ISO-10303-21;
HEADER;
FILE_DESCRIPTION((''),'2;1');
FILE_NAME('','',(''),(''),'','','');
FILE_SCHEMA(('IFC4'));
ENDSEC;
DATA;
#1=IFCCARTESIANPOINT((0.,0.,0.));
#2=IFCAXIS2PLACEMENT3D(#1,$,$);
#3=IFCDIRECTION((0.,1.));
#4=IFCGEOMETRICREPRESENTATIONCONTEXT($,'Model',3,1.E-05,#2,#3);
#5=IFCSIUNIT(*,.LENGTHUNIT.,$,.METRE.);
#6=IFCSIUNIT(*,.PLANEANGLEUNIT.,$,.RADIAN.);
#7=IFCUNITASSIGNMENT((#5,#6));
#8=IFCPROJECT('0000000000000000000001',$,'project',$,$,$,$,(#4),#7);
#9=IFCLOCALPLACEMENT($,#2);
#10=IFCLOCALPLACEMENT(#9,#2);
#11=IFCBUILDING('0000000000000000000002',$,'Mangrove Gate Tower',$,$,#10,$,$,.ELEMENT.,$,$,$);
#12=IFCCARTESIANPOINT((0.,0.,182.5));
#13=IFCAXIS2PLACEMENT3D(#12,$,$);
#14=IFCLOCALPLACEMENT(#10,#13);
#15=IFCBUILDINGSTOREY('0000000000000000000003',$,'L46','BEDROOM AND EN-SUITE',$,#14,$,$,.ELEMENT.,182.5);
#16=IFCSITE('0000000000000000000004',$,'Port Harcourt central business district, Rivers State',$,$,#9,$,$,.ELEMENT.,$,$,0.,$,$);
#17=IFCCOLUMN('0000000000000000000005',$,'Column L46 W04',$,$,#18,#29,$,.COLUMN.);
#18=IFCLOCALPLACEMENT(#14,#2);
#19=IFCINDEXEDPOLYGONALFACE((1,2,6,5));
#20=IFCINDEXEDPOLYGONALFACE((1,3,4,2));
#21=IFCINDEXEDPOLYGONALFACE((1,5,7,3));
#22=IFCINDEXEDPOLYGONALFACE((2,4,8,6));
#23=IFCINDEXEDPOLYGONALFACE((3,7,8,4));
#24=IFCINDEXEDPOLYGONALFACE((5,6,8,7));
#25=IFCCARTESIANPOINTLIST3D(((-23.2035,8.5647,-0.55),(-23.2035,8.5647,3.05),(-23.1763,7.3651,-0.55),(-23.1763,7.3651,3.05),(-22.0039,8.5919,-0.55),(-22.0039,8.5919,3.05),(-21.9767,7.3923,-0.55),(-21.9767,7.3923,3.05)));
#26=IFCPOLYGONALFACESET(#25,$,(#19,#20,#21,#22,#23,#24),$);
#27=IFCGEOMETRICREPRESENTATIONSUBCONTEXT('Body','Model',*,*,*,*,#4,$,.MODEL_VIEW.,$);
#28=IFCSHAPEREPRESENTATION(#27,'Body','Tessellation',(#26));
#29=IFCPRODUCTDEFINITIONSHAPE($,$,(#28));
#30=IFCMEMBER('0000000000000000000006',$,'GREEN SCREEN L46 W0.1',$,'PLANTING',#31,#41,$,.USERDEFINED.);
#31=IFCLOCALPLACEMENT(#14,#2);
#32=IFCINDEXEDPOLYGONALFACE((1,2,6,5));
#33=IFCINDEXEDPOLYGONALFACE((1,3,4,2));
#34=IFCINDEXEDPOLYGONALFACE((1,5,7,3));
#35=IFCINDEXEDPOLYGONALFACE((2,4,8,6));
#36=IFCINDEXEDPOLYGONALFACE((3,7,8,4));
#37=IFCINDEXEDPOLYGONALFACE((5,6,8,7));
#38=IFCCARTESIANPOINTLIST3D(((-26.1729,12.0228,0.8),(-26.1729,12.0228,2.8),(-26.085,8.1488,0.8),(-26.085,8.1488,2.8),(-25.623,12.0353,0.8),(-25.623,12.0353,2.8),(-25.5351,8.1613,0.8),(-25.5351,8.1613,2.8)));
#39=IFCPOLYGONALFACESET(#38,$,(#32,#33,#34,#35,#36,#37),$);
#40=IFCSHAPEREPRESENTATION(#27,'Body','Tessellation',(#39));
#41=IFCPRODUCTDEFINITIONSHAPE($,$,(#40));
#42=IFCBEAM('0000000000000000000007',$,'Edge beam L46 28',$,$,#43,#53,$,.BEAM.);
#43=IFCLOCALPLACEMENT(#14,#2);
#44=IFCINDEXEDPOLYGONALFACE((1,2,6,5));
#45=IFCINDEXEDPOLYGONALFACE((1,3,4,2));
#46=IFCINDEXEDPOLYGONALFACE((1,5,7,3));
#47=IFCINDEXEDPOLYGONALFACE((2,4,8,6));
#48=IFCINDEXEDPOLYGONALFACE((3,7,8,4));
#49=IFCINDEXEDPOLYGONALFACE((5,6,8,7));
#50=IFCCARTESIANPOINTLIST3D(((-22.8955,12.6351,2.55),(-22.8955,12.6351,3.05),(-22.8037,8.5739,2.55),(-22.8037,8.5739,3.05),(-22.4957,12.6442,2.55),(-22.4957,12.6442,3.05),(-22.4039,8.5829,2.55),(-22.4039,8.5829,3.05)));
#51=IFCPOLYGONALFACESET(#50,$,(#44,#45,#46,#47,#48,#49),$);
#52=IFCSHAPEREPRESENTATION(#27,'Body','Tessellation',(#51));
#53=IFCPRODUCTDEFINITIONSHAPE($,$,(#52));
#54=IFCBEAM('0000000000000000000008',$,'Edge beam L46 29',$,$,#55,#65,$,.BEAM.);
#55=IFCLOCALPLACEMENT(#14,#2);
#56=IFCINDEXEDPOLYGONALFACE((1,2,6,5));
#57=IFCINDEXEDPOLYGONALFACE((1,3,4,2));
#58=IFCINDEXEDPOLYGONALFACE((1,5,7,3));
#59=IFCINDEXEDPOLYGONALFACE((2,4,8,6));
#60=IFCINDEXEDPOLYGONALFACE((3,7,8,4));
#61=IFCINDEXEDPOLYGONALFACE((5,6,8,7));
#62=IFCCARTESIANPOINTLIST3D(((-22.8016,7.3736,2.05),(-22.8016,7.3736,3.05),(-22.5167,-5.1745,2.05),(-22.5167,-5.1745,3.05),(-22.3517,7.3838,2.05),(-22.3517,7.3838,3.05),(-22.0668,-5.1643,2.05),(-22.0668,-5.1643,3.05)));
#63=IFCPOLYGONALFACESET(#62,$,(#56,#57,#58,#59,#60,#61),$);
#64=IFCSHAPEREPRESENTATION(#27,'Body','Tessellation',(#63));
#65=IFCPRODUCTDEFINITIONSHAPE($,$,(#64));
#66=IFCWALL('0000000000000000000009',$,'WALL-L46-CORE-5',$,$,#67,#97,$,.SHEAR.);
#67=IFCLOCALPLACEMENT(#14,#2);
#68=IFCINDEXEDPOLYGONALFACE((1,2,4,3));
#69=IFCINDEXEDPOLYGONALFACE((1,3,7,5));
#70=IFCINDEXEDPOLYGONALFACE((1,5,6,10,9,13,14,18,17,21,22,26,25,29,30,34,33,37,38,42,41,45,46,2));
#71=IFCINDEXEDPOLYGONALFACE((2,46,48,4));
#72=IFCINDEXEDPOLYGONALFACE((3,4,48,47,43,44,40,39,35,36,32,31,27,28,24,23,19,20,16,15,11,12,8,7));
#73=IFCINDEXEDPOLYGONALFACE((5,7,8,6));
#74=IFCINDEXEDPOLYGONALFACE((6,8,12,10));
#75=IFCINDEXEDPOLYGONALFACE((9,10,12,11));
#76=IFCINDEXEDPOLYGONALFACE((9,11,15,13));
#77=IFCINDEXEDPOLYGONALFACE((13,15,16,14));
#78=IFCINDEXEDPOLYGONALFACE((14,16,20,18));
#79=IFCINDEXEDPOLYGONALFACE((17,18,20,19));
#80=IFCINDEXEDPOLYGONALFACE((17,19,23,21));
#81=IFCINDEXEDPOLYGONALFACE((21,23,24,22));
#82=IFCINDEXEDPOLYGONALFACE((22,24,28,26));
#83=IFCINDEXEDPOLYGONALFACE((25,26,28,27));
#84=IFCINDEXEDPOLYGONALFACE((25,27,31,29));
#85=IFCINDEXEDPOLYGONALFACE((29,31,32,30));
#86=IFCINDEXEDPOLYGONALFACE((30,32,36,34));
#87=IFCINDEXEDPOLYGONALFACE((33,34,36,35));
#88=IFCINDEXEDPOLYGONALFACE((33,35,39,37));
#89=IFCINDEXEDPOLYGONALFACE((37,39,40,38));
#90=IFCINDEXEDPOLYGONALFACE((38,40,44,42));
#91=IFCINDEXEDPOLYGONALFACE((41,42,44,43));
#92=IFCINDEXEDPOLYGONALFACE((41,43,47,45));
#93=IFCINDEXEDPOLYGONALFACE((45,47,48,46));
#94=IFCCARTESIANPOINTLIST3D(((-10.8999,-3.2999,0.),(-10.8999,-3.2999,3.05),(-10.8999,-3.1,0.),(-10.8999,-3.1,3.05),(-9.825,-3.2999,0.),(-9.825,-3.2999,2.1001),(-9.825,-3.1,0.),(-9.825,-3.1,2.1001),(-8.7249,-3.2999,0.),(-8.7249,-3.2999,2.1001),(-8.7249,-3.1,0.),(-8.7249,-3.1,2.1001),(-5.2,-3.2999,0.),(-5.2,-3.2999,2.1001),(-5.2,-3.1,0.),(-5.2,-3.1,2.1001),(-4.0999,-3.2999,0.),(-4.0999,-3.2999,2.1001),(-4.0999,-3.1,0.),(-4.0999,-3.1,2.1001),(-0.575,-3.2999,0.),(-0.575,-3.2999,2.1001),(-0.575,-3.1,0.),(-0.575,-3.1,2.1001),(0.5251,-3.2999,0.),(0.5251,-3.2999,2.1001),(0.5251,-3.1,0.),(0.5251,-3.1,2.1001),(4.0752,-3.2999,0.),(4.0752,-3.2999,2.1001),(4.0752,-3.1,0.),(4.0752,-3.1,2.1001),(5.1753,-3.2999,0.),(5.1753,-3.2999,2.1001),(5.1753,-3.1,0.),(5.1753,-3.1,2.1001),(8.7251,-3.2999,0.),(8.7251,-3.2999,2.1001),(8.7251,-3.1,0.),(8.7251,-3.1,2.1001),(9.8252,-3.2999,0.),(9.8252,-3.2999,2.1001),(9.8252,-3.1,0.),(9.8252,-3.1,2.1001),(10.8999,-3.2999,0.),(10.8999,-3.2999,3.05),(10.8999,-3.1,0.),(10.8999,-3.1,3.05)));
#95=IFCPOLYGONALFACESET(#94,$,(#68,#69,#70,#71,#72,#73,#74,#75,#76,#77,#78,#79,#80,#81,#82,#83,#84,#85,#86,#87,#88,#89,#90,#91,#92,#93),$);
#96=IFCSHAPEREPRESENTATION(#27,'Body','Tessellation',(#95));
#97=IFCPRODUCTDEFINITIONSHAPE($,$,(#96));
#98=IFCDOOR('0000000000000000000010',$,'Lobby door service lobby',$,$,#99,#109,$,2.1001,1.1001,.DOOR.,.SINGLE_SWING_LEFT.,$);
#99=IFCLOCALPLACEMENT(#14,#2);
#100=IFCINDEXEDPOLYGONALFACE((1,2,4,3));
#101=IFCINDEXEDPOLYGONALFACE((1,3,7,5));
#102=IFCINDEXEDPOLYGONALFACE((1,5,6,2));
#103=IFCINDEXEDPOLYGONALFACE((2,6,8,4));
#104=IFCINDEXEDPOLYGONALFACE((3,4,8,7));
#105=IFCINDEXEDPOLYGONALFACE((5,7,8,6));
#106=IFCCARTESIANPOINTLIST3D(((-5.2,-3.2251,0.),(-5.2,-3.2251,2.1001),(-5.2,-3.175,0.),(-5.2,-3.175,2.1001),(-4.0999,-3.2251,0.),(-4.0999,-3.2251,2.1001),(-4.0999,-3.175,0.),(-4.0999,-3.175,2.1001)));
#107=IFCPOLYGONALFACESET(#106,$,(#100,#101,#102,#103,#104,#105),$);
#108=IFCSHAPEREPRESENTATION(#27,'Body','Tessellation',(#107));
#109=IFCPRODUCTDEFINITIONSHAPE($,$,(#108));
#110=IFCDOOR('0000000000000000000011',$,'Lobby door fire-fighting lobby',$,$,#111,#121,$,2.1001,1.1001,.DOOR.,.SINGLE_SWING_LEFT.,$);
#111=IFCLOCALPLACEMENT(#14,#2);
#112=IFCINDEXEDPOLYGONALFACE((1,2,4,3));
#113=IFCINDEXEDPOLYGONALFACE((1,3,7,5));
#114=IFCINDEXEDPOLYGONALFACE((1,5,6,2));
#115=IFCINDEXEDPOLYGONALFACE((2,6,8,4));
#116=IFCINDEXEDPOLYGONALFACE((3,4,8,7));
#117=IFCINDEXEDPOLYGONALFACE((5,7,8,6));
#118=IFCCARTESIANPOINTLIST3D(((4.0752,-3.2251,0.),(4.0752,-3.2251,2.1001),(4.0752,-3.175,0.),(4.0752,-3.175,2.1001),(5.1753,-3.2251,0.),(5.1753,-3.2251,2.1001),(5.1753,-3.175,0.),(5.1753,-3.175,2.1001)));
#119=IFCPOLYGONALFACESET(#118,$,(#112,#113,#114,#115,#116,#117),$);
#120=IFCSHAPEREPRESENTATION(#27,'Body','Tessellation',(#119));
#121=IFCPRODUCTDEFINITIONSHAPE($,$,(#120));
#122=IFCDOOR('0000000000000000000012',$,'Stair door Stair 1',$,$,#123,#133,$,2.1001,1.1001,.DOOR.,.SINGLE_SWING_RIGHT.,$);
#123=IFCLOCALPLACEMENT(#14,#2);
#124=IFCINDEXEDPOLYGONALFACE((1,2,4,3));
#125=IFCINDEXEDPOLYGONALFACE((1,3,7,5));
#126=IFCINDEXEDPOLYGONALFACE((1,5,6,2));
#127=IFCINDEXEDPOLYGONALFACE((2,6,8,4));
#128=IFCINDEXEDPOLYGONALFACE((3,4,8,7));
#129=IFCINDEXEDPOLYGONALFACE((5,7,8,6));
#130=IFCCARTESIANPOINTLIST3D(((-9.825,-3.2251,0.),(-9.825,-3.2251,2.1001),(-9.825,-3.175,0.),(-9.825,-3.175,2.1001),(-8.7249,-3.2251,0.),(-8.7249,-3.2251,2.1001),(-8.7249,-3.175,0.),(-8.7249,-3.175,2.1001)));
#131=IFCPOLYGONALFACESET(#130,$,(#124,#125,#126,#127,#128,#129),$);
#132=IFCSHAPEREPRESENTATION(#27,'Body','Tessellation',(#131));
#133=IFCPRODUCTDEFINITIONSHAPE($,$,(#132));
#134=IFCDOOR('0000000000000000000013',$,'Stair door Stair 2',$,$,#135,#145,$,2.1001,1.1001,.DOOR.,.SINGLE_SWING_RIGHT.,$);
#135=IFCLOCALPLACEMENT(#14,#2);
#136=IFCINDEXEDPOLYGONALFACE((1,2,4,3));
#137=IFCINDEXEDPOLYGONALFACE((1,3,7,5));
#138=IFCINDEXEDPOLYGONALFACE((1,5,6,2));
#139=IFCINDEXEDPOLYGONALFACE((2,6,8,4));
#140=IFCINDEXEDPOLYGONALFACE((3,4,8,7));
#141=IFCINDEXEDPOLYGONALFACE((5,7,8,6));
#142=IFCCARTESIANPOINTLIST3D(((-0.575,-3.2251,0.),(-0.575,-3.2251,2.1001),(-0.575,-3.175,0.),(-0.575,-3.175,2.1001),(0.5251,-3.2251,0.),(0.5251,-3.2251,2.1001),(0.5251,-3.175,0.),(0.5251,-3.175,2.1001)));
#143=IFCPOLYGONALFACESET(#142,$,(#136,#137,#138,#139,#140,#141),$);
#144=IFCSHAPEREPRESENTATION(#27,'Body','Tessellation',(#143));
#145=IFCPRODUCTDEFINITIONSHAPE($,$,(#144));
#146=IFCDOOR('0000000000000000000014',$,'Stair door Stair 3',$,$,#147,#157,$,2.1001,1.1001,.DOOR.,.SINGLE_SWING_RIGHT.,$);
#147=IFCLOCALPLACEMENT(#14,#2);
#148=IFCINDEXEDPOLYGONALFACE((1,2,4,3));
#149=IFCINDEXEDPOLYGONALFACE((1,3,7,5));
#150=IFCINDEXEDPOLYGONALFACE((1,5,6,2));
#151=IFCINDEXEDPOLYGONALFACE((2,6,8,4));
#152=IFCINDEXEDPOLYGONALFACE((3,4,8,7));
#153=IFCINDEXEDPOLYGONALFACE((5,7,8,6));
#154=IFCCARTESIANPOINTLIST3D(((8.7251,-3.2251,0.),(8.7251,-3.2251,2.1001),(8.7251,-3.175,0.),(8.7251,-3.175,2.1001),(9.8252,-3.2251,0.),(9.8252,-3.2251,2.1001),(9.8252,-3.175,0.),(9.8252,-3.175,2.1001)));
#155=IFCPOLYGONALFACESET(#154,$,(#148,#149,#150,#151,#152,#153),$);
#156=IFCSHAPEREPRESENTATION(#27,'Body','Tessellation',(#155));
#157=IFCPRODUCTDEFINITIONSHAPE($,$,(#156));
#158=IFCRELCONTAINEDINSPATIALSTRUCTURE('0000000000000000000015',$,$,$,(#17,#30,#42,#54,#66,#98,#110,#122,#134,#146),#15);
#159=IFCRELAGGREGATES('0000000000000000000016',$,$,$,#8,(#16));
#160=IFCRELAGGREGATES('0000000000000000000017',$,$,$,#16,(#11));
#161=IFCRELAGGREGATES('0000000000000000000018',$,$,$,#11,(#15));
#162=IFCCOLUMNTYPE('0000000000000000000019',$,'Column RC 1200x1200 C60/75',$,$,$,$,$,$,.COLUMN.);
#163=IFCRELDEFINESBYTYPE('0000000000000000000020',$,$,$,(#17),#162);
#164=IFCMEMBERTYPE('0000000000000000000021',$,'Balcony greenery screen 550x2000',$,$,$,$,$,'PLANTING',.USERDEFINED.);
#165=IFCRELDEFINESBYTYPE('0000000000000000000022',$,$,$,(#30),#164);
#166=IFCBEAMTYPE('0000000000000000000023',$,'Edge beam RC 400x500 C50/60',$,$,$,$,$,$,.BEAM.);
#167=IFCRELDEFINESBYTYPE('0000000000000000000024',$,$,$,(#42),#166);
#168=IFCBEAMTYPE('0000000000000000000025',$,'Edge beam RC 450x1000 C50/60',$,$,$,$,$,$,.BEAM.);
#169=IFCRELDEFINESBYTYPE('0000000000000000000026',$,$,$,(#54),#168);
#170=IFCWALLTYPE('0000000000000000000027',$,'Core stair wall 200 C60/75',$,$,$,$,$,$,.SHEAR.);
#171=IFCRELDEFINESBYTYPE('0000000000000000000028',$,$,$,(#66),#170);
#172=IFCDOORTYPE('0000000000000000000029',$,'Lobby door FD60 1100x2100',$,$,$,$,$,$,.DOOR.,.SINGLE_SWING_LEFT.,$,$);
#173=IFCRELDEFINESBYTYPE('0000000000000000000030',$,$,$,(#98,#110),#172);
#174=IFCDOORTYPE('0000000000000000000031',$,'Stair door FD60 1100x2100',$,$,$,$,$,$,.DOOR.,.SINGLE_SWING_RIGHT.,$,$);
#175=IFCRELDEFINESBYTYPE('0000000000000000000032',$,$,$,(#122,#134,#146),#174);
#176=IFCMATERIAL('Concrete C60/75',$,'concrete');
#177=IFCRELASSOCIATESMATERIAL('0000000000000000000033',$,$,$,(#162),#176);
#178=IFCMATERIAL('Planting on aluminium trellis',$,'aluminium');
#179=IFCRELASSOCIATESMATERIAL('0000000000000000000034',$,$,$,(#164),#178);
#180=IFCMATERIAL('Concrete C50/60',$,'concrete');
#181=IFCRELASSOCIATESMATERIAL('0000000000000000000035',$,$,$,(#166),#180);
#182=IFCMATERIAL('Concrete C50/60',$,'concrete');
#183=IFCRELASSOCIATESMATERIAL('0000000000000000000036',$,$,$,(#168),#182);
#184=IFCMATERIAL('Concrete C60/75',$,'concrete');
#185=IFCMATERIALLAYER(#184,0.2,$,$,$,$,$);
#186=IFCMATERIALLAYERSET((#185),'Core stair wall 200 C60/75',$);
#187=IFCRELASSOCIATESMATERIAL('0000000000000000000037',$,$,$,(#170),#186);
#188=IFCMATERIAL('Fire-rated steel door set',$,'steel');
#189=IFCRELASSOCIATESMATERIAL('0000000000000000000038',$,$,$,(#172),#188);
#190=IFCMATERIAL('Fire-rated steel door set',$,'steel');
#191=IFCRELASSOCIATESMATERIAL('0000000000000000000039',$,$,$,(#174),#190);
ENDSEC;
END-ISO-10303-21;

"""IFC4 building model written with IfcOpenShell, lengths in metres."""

from ifc_helpers import new_model, si_unit, direction, frame, frame_2d, origin, origin_2d, place, context, subcontext, project, spatial, rectangle, extrude, material, layer, layer_set, material_profile, profile_set, type_object, element, fill, save


model = new_model("IFC4")

# Units and contexts
model_context = context("Model", 3, precision=1e-05, world=origin(), true_north=direction((0.0, 1.0)))
body_context = subcontext(model_context, "Body", "Model", "MODEL_VIEW")
ifc_project = project(units=[si_unit("LENGTHUNIT", "METRE"), si_unit("PLANEANGLEUNIT", "RADIAN")], contexts=[model_context])

# Site, building, storey
site_placement = place(None, origin())
site = spatial("IfcSite", under=ifc_project, at=site_placement, Name="Port Harcourt central business district, Rivers State", CompositionType="ELEMENT", RefElevation=0.0)
building_placement = place(site_placement, origin())
building = spatial("IfcBuilding", under=site, at=building_placement, Name="Mangrove Gate Tower", CompositionType="ELEMENT")
storey_placement = place(building_placement, frame((0.0, 0.0, 182.5)))
storey = spatial("IfcBuildingStorey", under=building, at=storey_placement, Name="L46", Description="BEDROOM AND EN-SUITE", CompositionType="ELEMENT", Elevation=182.5)

# Column
ifc_material_1 = material(Name="Concrete C60/75", Category="concrete")
ifc_material_profile_1 = material_profile(ifc_material_1, rectangle(XDim=1.2, YDim=1.2, at=origin_2d()))
ifc_profile_set_1 = profile_set([ifc_material_profile_1], Name="Concrete C60/75")
column_type = type_object("IfcColumnType", Name="Column RC 1200x1200 C60/75", PredefinedType="COLUMN", material=ifc_profile_set_1)
column_placement = place(storey_placement, frame((-22.5901, 7.9785, -0.55), z_axis=(0.0, 0.0, 1.0), x_axis=(0.022668, -0.999743, 0.0)))
element("IfcColumn", 1, at=column_placement, inside=storey, type_object=column_type, Name="Column L46 W04", PredefinedType="COLUMN", context=body_context, shape_type="SweptSolid", body=[
    extrude(rectangle(XDim=1.2, YDim=1.2, at=origin_2d()), origin(), (0.0, 0.0, 1.0), 3.6001),
])

# Member
ifc_material_2 = material(Name="Planting on aluminium trellis", Category="aluminium")
ifc_material_profile_2 = material_profile(ifc_material_2, rectangle(XDim=0.55, YDim=2.0, at=origin_2d()))
ifc_profile_set_2 = profile_set([ifc_material_profile_2], Name="Planting on aluminium trellis")
member_type = type_object("IfcMemberType", Name="Balcony greenery screen 550x2000", ElementType="PLANTING", PredefinedType="USERDEFINED", material=ifc_profile_set_2)
member_placement = place(storey_placement, frame((-25.8101, 8.155, 1.8), z_axis=(-0.022681, 0.999743, 0.0), x_axis=(-0.999743, -0.022681, 0.0)))
element("IfcMember", 2, at=member_placement, inside=storey, type_object=member_type, Name="GREEN SCREEN L46 W0.1", ObjectType="PLANTING", PredefinedType="USERDEFINED", context=body_context, shape_type="SweptSolid", body=[
    extrude(rectangle(XDim=0.55, YDim=2.0, at=origin_2d()), origin(), (0.0, 0.0, 1.0), 3.875),
])

# Beams
ifc_material_3 = material(Name="Concrete C50/60", Category="concrete")
ifc_material_profile_3 = material_profile(ifc_material_3, rectangle(XDim=0.3999, YDim=0.5, at=origin_2d()))
ifc_profile_set_3 = profile_set([ifc_material_profile_3], Name="Concrete C50/60")
beam_type_1 = type_object("IfcBeamType", Name="Edge beam RC 400x500 C50/60", PredefinedType="BEAM", material=ifc_profile_set_3)
beam_1_placement = place(storey_placement, frame((-22.6956, 12.6396, 2.8), z_axis=(0.022597, -0.999745, 0.0), x_axis=(0.999745, 0.022597, 0.0)))
element("IfcBeam", 3, at=beam_1_placement, inside=storey, type_object=beam_type_1, Name="Edge beam L46 28", PredefinedType="BEAM", context=body_context, shape_type="SweptSolid", body=[
    extrude(rectangle(XDim=0.3999, YDim=0.5, at=origin_2d()), origin(), (0.0, 0.0, 1.0), 4.0623),
])
ifc_material_4 = material(Name="Concrete C50/60", Category="concrete")
ifc_material_profile_4 = material_profile(ifc_material_4, rectangle(XDim=0.45, YDim=1.0, at=origin_2d()))
ifc_profile_set_4 = profile_set([ifc_material_profile_4], Name="Concrete C50/60")
beam_type_2 = type_object("IfcBeamType", Name="Edge beam RC 450x1000 C50/60", PredefinedType="BEAM", material=ifc_profile_set_4)
beam_2_placement = place(storey_placement, frame((-22.5767, 7.3787, 2.55), z_axis=(0.0227, -0.999742, 0.0), x_axis=(0.999742, 0.0227, 0.0)))
element("IfcBeam", 4, at=beam_2_placement, inside=storey, type_object=beam_type_2, Name="Edge beam L46 29", PredefinedType="BEAM", context=body_context, shape_type="SweptSolid", body=[
    extrude(rectangle(XDim=0.45, YDim=1.0, at=origin_2d()), origin(), (0.0, 0.0, 1.0), 12.5513),
])

# Wall, openings, doors
ifc_material_5 = material(Name="Concrete C60/75", Category="concrete")
ifc_layer_1 = layer(ifc_material_5, 0.2)
ifc_layer_set_1 = layer_set([ifc_layer_1], Name="Core stair wall 200 C60/75")
wall_type_1 = type_object("IfcWallType", Name="Core stair wall 200 C60/75", PredefinedType="SHEAR", material=ifc_layer_set_1)
wall_1_placement = place(storey_placement, frame((-10.8999, -3.2, 0.0), z_axis=(0.0, 0.0, 1.0), x_axis=(1.0, 0.0, 0.0)))
wall_1 = element("IfcWall", 5, at=wall_1_placement, inside=storey, type_object=wall_type_1, Name="WALL-L46-CORE-5", PredefinedType="SHEAR", context=body_context, shape_type="SweptSolid", body=[
    extrude(rectangle(XDim=21.7998, YDim=0.2, at=frame_2d((10.8999, 0.0))), origin(), (0.0, 0.0, 1.0), 3.05),
])
opening_1_placement = place(wall_1_placement, frame((1.075, 0.0, 0.0)))
opening_1 = element("IfcOpeningElement", 6, at=opening_1_placement, cuts=wall_1, PredefinedType="OPENING", context=body_context, shape_type="SweptSolid", body=[
    extrude(rectangle(XDim=1.1001, YDim=2.1001, at=frame_2d((0.55, 1.05))), frame((0.0, 0.1099, 0.0), z_axis=(0.0, -1.0, 0.0), x_axis=(1.0, 0.0, 0.0)), (0.0, 0.0, 1.0), 0.22),
])
opening_2_placement = place(wall_1_placement, frame((10.325, 0.0, 0.0)))
opening_2 = element("IfcOpeningElement", 7, at=opening_2_placement, cuts=wall_1, PredefinedType="OPENING", context=body_context, shape_type="SweptSolid", body=[
    extrude(rectangle(XDim=1.1001, YDim=2.1001, at=frame_2d((0.55, 1.05))), frame((0.0, 0.1099, 0.0), z_axis=(0.0, -1.0, 0.0), x_axis=(1.0, 0.0, 0.0)), (0.0, 0.0, 1.0), 0.22),
])
opening_3_placement = place(wall_1_placement, frame((19.625, 0.0, 0.0)))
opening_3 = element("IfcOpeningElement", 8, at=opening_3_placement, cuts=wall_1, PredefinedType="OPENING", context=body_context, shape_type="SweptSolid", body=[
    extrude(rectangle(XDim=1.1001, YDim=2.1001, at=frame_2d((0.55, 1.05))), frame((0.0, 0.1099, 0.0), z_axis=(0.0, -1.0, 0.0), x_axis=(1.0, 0.0, 0.0)), (0.0, 0.0, 1.0), 0.22),
])
opening_4_placement = place(wall_1_placement, frame((5.7, 0.0, 0.0)))
opening_4 = element("IfcOpeningElement", 9, at=opening_4_placement, cuts=wall_1, PredefinedType="OPENING", context=body_context, shape_type="SweptSolid", body=[
    extrude(rectangle(XDim=1.1001, YDim=2.1001, at=frame_2d((0.55, 1.05))), frame((0.0, 0.1099, 0.0), z_axis=(0.0, -1.0, 0.0), x_axis=(1.0, 0.0, 0.0)), (0.0, 0.0, 1.0), 0.22),
])
opening_5_placement = place(wall_1_placement, frame((14.9751, 0.0, 0.0)))
opening_5 = element("IfcOpeningElement", 10, at=opening_5_placement, cuts=wall_1, PredefinedType="OPENING", context=body_context, shape_type="SweptSolid", body=[
    extrude(rectangle(XDim=1.1001, YDim=2.1001, at=frame_2d((0.55, 1.05))), frame((0.0, 0.1099, 0.0), z_axis=(0.0, -1.0, 0.0), x_axis=(1.0, 0.0, 0.0)), (0.0, 0.0, 1.0), 0.22),
])
ifc_material_6 = material(Name="Fire-rated steel door set", Category="steel")
door_type_1 = type_object("IfcDoorType", Name="Lobby door FD60 1100x2100", OperationType="SINGLE_SWING_LEFT", PredefinedType="DOOR", material=ifc_material_6)
door_1_placement = place(opening_4_placement, origin())
door_1 = element("IfcDoor", 11, at=door_1_placement, inside=storey, type_object=door_type_1, Name="Lobby door service lobby", OperationType="SINGLE_SWING_LEFT", OverallHeight=2.1001, OverallWidth=1.1001, PredefinedType="DOOR", context=body_context, shape_type="SweptSolid", body=[
    extrude(rectangle(XDim=1.1001, YDim=2.1001, at=frame_2d((0.55, 1.05))), frame((0.0, 0.0249, 0.0), z_axis=(0.0, -1.0, 0.0), x_axis=(1.0, 0.0, 0.0)), (0.0, 0.0, 1.0), 0.05),
])
fill(opening_4, door_1)
door_2_placement = place(opening_5_placement, origin())
door_2 = element("IfcDoor", 12, at=door_2_placement, inside=storey, type_object=door_type_1, Name="Lobby door fire-fighting lobby", OperationType="SINGLE_SWING_LEFT", OverallHeight=2.1001, OverallWidth=1.1001, PredefinedType="DOOR", context=body_context, shape_type="SweptSolid", body=[
    extrude(rectangle(XDim=1.1001, YDim=2.1001, at=frame_2d((0.55, 1.05))), frame((0.0, 0.0249, 0.0), z_axis=(0.0, -1.0, 0.0), x_axis=(1.0, 0.0, 0.0)), (0.0, 0.0, 1.0), 0.05),
])
fill(opening_5, door_2)
ifc_material_7 = material(Name="Fire-rated steel door set", Category="steel")
door_type_2 = type_object("IfcDoorType", Name="Stair door FD60 1100x2100", OperationType="SINGLE_SWING_RIGHT", PredefinedType="DOOR", material=ifc_material_7)
door_3_placement = place(opening_1_placement, origin())
door_3 = element("IfcDoor", 13, at=door_3_placement, inside=storey, type_object=door_type_2, Name="Stair door Stair 1", OperationType="SINGLE_SWING_RIGHT", OverallHeight=2.1001, OverallWidth=1.1001, PredefinedType="DOOR", context=body_context, shape_type="SweptSolid", body=[
    extrude(rectangle(XDim=1.1001, YDim=2.1001, at=frame_2d((0.55, 1.05))), frame((0.0, 0.0249, 0.0), z_axis=(0.0, -1.0, 0.0), x_axis=(1.0, 0.0, 0.0)), (0.0, 0.0, 1.0), 0.05),
])
fill(opening_1, door_3)
door_4_placement = place(opening_2_placement, origin())
door_4 = element("IfcDoor", 14, at=door_4_placement, inside=storey, type_object=door_type_2, Name="Stair door Stair 2", OperationType="SINGLE_SWING_RIGHT", OverallHeight=2.1001, OverallWidth=1.1001, PredefinedType="DOOR", context=body_context, shape_type="SweptSolid", body=[
    extrude(rectangle(XDim=1.1001, YDim=2.1001, at=frame_2d((0.55, 1.05))), frame((0.0, 0.0249, 0.0), z_axis=(0.0, -1.0, 0.0), x_axis=(1.0, 0.0, 0.0)), (0.0, 0.0, 1.0), 0.05),
])
fill(opening_2, door_4)
door_5_placement = place(opening_3_placement, origin())
door_5 = element("IfcDoor", 15, at=door_5_placement, inside=storey, type_object=door_type_2, Name="Stair door Stair 3", OperationType="SINGLE_SWING_RIGHT", OverallHeight=2.1001, OverallWidth=1.1001, PredefinedType="DOOR", context=body_context, shape_type="SweptSolid", body=[
    extrude(rectangle(XDim=1.1001, YDim=2.1001, at=frame_2d((0.55, 1.05))), frame((0.0, 0.0249, 0.0), z_axis=(0.0, -1.0, 0.0), x_axis=(1.0, 0.0, 0.0)), (0.0, 0.0, 1.0), 0.05),
])
fill(opening_3, door_5)

save(model, "model.ifc")
